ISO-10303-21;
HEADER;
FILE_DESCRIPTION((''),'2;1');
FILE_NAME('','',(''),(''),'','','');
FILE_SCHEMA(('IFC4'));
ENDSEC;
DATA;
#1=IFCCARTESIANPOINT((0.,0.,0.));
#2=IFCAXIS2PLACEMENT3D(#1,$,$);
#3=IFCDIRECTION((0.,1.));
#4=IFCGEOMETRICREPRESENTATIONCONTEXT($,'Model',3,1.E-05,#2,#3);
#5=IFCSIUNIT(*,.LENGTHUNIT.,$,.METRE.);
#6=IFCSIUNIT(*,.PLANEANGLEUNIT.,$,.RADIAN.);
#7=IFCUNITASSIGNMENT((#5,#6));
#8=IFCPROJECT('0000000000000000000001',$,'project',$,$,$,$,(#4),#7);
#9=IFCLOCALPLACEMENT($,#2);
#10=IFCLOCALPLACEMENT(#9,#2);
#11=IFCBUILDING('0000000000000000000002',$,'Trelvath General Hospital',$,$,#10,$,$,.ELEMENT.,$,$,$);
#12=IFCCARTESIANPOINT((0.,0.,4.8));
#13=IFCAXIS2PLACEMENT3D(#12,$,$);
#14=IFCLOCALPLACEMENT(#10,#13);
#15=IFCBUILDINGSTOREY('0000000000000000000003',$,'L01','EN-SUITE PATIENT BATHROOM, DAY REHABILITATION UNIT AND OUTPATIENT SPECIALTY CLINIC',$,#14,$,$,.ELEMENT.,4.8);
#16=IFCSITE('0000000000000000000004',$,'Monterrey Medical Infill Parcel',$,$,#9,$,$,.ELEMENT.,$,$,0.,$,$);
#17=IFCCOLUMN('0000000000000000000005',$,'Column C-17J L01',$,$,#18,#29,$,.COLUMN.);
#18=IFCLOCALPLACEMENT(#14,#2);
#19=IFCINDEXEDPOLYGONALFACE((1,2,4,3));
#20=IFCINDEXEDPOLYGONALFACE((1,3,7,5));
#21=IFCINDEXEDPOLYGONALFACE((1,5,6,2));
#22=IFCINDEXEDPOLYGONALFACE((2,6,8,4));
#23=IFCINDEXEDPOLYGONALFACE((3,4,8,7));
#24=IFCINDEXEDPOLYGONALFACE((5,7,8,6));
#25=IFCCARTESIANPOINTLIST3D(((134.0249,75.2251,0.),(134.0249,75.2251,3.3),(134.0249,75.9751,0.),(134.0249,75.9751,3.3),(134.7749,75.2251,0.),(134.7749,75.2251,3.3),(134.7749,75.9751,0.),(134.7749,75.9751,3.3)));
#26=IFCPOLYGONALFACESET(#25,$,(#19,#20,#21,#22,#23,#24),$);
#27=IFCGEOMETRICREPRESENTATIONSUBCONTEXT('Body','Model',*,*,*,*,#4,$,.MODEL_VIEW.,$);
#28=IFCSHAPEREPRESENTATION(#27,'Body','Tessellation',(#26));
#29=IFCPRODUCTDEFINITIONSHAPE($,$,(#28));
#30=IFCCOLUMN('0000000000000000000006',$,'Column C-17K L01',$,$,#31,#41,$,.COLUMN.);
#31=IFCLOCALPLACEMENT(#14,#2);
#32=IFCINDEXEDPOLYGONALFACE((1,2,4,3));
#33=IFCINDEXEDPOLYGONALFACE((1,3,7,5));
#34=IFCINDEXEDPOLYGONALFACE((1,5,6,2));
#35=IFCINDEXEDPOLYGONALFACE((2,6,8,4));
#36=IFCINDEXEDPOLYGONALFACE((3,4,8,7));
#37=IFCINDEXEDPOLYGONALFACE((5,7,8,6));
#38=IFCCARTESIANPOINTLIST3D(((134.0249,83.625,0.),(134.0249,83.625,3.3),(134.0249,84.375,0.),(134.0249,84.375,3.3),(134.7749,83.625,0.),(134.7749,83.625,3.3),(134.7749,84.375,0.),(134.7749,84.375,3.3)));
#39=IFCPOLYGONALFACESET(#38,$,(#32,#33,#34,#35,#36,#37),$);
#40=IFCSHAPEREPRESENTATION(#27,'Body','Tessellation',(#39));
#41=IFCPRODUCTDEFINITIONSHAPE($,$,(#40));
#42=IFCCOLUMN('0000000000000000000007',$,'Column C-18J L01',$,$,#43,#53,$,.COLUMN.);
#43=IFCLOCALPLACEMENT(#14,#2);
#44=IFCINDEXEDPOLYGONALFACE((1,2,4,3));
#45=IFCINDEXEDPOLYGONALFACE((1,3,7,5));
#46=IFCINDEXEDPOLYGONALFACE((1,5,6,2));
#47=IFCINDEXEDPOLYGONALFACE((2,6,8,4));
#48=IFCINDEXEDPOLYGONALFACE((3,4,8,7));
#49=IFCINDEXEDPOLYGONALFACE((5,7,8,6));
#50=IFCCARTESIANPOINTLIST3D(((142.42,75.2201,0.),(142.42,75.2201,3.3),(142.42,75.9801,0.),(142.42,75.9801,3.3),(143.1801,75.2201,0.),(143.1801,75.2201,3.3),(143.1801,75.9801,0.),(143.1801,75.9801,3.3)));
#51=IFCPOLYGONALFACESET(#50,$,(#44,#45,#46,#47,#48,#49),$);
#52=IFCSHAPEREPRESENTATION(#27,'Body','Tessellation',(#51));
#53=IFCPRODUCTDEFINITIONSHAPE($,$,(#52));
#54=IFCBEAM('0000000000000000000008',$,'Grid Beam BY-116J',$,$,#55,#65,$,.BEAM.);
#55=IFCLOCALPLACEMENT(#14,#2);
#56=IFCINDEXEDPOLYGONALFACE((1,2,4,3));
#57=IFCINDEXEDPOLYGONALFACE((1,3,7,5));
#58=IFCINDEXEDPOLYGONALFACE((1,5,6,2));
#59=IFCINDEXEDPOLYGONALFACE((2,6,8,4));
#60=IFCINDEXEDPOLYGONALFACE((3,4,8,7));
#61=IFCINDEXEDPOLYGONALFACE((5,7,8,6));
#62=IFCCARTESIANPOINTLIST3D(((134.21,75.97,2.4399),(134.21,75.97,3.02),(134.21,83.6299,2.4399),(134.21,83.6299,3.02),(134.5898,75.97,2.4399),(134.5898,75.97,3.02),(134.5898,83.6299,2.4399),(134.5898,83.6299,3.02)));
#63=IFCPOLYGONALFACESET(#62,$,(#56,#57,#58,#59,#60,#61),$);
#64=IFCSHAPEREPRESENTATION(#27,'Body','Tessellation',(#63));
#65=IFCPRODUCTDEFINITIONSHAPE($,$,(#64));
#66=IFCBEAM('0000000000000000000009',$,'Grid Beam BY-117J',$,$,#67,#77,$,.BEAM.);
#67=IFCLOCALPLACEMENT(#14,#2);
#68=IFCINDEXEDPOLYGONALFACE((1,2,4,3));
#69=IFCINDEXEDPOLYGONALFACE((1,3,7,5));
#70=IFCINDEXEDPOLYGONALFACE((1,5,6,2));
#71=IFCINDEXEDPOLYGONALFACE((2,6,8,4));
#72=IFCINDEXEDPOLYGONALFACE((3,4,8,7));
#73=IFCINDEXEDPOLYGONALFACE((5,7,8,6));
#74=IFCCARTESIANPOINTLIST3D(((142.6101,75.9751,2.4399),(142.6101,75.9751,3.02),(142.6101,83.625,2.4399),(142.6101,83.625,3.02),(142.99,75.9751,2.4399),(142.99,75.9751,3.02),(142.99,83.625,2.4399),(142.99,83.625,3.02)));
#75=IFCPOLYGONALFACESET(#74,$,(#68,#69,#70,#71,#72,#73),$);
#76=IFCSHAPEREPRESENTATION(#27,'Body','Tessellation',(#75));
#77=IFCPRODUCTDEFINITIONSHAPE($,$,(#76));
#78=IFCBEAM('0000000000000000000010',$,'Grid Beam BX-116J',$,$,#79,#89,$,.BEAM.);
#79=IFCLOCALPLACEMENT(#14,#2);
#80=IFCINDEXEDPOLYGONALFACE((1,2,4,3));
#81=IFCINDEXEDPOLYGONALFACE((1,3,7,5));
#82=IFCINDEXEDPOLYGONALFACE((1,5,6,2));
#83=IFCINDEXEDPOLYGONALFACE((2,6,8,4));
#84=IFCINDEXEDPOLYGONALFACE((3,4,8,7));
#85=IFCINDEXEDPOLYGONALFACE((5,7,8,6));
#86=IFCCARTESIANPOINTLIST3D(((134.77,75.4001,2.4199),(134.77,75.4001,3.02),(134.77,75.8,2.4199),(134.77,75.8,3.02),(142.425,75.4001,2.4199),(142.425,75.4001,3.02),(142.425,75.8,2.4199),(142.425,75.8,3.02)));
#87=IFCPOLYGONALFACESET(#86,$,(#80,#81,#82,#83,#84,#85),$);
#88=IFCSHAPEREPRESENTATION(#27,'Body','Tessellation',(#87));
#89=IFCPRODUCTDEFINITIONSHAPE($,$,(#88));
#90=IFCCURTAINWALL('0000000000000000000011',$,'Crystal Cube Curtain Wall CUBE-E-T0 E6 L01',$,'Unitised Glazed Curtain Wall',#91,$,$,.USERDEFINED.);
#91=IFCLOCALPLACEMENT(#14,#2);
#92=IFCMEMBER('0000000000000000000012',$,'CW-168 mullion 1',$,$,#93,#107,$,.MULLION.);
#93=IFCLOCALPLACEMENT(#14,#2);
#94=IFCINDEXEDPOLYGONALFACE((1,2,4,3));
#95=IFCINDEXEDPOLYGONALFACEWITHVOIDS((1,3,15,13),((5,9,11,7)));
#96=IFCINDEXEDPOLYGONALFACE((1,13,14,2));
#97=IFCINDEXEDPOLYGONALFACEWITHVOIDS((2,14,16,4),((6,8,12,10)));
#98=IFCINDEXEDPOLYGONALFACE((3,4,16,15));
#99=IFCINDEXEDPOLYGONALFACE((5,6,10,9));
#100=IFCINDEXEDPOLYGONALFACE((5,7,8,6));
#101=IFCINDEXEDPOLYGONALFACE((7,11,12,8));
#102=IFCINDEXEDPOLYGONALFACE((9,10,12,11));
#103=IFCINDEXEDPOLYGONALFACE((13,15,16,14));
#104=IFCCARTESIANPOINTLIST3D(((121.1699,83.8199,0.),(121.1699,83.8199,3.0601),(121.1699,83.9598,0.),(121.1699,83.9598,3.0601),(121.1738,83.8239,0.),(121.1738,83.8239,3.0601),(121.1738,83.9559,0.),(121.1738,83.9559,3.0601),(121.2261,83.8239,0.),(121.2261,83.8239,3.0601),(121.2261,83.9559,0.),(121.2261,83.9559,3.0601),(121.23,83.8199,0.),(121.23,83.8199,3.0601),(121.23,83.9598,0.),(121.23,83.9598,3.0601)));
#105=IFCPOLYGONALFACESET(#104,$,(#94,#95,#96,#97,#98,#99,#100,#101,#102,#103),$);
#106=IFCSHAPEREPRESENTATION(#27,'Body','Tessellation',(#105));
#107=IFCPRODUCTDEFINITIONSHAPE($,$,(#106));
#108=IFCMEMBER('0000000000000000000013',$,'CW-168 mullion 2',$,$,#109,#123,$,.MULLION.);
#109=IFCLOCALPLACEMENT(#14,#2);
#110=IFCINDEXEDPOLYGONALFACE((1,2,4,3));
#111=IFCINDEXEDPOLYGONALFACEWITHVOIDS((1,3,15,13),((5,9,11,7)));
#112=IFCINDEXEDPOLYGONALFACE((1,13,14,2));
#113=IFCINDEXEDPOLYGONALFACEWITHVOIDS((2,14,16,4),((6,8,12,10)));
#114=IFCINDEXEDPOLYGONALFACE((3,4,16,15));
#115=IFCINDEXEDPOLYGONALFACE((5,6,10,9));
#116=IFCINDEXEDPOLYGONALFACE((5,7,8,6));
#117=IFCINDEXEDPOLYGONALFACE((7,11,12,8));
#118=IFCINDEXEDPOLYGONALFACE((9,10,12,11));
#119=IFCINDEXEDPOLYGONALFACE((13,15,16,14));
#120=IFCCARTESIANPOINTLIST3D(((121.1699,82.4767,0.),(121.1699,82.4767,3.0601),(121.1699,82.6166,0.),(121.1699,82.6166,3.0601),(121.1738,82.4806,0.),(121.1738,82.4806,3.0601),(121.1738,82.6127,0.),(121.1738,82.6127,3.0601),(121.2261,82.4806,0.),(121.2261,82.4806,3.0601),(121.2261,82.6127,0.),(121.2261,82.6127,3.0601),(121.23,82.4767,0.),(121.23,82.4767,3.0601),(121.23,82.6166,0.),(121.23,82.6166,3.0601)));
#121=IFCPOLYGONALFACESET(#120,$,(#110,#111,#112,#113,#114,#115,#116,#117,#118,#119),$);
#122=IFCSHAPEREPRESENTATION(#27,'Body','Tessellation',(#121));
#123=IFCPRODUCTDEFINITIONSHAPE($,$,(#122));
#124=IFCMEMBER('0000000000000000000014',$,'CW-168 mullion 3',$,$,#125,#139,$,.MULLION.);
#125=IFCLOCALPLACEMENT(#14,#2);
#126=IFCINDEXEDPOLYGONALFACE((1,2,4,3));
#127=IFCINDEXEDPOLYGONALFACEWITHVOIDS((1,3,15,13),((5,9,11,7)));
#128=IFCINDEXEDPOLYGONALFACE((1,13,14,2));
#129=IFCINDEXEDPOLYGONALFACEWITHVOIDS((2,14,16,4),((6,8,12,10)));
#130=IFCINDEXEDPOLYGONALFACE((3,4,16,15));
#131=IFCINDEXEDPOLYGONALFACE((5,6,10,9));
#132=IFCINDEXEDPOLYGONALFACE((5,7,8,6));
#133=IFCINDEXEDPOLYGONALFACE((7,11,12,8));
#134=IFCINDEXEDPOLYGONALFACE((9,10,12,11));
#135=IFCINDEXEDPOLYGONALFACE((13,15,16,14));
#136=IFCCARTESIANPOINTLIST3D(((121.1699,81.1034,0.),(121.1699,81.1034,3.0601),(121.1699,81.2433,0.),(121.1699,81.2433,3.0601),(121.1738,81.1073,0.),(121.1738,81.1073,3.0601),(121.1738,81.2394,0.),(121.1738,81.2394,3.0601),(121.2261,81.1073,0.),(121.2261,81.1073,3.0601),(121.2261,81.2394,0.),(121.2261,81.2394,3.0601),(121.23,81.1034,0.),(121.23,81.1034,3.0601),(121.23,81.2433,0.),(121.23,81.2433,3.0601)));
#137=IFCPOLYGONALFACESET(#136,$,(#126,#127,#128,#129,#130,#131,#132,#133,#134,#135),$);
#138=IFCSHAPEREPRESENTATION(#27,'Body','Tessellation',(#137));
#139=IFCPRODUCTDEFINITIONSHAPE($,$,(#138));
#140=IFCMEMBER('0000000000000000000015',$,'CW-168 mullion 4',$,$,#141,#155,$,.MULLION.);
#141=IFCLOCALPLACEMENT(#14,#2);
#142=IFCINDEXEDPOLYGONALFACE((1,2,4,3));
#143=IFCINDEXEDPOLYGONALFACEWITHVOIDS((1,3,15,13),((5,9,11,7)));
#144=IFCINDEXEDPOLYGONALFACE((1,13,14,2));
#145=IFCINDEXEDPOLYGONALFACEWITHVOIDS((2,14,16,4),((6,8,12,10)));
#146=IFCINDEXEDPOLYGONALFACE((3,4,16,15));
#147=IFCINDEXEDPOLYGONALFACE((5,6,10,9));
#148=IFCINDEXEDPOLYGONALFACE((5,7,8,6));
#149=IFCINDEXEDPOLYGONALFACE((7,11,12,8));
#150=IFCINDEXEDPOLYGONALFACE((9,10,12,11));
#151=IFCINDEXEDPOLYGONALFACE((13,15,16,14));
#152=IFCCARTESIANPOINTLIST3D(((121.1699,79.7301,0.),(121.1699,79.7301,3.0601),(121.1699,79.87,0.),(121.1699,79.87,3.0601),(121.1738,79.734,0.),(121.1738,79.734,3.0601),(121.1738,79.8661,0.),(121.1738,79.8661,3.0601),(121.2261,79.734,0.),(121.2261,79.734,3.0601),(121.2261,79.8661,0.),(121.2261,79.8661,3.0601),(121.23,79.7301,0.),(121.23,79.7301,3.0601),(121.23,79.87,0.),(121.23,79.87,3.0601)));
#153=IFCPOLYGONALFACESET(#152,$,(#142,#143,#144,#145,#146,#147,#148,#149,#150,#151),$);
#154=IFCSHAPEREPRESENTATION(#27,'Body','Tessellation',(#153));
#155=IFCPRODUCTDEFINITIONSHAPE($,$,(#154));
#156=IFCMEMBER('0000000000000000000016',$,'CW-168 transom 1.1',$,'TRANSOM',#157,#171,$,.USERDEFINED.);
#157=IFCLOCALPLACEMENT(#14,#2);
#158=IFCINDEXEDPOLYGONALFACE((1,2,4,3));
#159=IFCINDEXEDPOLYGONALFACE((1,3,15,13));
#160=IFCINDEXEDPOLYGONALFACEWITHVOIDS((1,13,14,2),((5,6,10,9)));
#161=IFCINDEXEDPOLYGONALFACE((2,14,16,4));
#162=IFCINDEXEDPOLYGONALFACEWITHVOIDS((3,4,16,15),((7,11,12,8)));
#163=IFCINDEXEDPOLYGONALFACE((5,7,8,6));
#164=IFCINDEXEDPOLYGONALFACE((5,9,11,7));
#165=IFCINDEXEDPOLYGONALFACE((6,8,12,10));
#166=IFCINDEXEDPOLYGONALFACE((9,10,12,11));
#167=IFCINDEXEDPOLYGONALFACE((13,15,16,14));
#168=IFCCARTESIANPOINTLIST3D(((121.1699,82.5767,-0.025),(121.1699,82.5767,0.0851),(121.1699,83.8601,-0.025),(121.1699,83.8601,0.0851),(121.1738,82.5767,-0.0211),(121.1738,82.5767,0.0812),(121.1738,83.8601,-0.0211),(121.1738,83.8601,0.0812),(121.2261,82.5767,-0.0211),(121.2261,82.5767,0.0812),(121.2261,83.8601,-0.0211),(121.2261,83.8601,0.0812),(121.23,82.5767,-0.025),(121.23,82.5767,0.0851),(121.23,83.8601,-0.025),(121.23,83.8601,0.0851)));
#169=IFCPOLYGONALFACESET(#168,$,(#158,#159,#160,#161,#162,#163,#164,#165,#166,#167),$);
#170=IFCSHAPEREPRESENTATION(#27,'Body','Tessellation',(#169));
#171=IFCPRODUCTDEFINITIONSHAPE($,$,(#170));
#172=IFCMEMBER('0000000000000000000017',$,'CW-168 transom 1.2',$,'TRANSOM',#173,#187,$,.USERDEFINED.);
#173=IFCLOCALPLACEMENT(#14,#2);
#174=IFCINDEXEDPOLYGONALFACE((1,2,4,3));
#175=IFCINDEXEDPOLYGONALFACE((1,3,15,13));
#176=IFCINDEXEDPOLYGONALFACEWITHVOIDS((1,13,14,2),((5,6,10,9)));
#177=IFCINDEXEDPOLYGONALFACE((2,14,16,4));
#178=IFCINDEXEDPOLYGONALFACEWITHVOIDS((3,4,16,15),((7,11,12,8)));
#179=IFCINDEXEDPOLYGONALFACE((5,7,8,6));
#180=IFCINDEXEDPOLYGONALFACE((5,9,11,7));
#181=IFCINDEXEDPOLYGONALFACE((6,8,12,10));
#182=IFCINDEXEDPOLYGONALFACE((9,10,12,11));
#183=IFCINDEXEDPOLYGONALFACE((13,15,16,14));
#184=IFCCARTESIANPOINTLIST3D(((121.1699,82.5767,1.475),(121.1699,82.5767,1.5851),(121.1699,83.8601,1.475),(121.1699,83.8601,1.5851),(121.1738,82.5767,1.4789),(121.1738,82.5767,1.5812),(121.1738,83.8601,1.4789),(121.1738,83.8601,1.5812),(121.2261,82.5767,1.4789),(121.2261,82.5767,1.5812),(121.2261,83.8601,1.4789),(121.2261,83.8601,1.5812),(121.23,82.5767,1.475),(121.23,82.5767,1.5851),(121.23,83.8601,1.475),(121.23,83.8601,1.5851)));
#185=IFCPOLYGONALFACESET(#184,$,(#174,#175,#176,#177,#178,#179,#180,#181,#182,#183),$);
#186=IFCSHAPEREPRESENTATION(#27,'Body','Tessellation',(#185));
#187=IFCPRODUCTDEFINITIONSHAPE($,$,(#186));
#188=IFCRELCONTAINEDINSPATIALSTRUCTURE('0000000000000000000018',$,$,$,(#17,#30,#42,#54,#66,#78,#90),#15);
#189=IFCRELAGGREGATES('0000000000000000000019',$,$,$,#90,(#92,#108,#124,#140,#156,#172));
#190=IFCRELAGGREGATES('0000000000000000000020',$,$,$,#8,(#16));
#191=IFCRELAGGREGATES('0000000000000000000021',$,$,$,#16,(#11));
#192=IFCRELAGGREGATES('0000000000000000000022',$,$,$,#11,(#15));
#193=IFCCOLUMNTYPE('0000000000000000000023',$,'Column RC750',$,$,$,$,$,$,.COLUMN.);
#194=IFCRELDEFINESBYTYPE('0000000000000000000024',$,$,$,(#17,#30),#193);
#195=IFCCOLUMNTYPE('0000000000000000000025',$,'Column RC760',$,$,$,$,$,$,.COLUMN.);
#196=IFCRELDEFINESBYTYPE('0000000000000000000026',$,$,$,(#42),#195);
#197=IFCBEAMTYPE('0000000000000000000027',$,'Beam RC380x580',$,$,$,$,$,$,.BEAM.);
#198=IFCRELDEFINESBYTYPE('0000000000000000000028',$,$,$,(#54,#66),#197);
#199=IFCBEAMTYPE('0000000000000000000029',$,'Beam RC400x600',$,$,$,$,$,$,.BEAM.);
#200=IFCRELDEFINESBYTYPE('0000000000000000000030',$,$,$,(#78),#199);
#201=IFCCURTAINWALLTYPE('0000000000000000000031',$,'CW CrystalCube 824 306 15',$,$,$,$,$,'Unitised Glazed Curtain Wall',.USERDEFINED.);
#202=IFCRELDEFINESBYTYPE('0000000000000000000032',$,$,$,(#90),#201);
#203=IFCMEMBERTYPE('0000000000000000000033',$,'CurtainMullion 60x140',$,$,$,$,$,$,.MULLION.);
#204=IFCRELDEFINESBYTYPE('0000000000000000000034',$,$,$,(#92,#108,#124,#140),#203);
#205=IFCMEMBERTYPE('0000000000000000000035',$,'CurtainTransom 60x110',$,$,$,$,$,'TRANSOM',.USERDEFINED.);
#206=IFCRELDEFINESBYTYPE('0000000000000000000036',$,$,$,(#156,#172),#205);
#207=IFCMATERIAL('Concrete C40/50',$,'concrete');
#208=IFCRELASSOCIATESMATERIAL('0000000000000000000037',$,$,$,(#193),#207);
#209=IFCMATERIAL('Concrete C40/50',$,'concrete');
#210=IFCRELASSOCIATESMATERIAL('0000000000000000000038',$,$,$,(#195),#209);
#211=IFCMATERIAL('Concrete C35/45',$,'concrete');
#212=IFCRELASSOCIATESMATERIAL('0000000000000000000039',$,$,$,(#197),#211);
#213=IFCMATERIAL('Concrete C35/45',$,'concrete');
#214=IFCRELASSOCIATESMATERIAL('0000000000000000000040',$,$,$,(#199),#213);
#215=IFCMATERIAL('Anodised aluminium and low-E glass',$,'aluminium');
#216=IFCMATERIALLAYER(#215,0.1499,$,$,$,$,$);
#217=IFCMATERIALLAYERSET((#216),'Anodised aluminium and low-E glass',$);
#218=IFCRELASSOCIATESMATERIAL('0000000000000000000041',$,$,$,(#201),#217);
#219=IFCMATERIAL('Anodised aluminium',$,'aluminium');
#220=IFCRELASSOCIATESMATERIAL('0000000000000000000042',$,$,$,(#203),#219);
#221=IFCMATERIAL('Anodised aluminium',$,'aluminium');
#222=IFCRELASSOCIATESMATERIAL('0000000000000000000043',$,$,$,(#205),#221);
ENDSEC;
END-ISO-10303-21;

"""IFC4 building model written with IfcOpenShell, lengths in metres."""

from ifc_helpers import new_model, si_unit, direction, frame, origin, origin_2d, place, context, subcontext, project, spatial, rectangle, hollow_rectangle, extrude, material, layer, layer_set, material_profile, profile_set, type_object, element, aggregate, save


model = new_model("IFC4")

# Units and contexts
model_context = context("Model", 3, precision=1e-05, world=origin(), true_north=direction((0.0, 1.0)))
body_context = subcontext(model_context, "Body", "Model", "MODEL_VIEW")
ifc_project = project(units=[si_unit("LENGTHUNIT", "METRE"), si_unit("PLANEANGLEUNIT", "RADIAN")], contexts=[model_context])

# Site, building, storey
site_placement = place(None, origin())
site = spatial("IfcSite", under=ifc_project, at=site_placement, Name="Monterrey Medical Infill Parcel", CompositionType="ELEMENT", RefElevation=0.0)
building_placement = place(site_placement, origin())
building = spatial("IfcBuilding", under=site, at=building_placement, Name="Trelvath General Hospital", CompositionType="ELEMENT")
storey_placement = place(building_placement, frame((0.0, 0.0, 4.8)))
storey = spatial("IfcBuildingStorey", under=building, at=storey_placement, Name="L01", Description="EN-SUITE PATIENT BATHROOM, DAY REHABILITATION UNIT AND OUTPATIENT SPECIALTY CLINIC", CompositionType="ELEMENT", Elevation=4.8)

# Columns
ifc_material_1 = material(Name="Concrete C40/50", Category="concrete")
ifc_material_profile_1 = material_profile(ifc_material_1, rectangle(XDim=0.75, YDim=0.75, at=origin_2d()), Name="RC750x750")
ifc_profile_set_1 = profile_set([ifc_material_profile_1], Name="Concrete C40/50")
column_type_1 = type_object("IfcColumnType", Name="Column RC750", PredefinedType="COLUMN", material=ifc_profile_set_1)
for number, where, z_axis, x_axis, name in (
    (1, (134.3999, 75.6001, 0.0), (0.0, 0.0, 1.0), (1.0, 0.0, 0.0), "Column C-17J L01"),
    (2, (134.3999, 84.0, 0.0), (0.0, 0.0, 1.0), (1.0, 0.0, 0.0), "Column C-17K L01"),
):
    element("IfcColumn", number, at=place(storey_placement, frame(where, z_axis=z_axis, x_axis=x_axis)), inside=storey, type_object=column_type_1, Name=name, PredefinedType="COLUMN", context=body_context, shape_type="SweptSolid", body=[
        extrude(rectangle(XDim=0.75, YDim=0.75, at=origin_2d()), origin(), (0.0, 0.0, 1.0), 3.3),
    ])
ifc_material_2 = material(Name="Concrete C40/50", Category="concrete")
ifc_material_profile_2 = material_profile(ifc_material_2, rectangle(XDim=0.76, YDim=0.76, at=origin_2d()), Name="RC760x760")
ifc_profile_set_2 = profile_set([ifc_material_profile_2], Name="Concrete C40/50")
column_type_2 = type_object("IfcColumnType", Name="Column RC760", PredefinedType="COLUMN", material=ifc_profile_set_2)
column_placement = place(storey_placement, frame((142.8, 75.6001, 0.0), z_axis=(0.0, 0.0, 1.0), x_axis=(1.0, 0.0, 0.0)))
element("IfcColumn", 3, at=column_placement, inside=storey, type_object=column_type_2, Name="Column C-18J L01", PredefinedType="COLUMN", context=body_context, shape_type="SweptSolid", body=[
    extrude(rectangle(XDim=0.76, YDim=0.76, at=origin_2d()), origin(), (0.0, 0.0, 1.0), 3.3),
])

# Beams
ifc_material_3 = material(Name="Concrete C35/45", Category="concrete")
ifc_material_profile_3 = material_profile(ifc_material_3, rectangle(XDim=0.3799, YDim=0.5801, at=origin_2d()), Name="RCB380x580")
ifc_profile_set_3 = profile_set([ifc_material_profile_3], Name="Concrete C35/45")
beam_type_1 = type_object("IfcBeamType", Name="Beam RC380x580", PredefinedType="BEAM", material=ifc_profile_set_3)
beam_1_placement = place(storey_placement, frame((134.3999, 75.97, 2.73), z_axis=(0.0, 1.0, 0.0), x_axis=(-1.0, 0.0, 0.0)))
element("IfcBeam", 4, at=beam_1_placement, inside=storey, type_object=beam_type_1, Name="Grid Beam BY-116J", PredefinedType="BEAM", context=body_context, shape_type="SweptSolid", body=[
    extrude(rectangle(XDim=0.3799, YDim=0.5801, at=origin_2d()), origin(), (0.0, 0.0, 1.0), 7.6599),
])
beam_2_placement = place(storey_placement, frame((142.8, 75.9751, 2.73), z_axis=(0.0, 1.0, 0.0), x_axis=(-1.0, 0.0, 0.0)))
element("IfcBeam", 5, at=beam_2_placement, inside=storey, type_object=beam_type_1, Name="Grid Beam BY-117J", PredefinedType="BEAM", context=body_context, shape_type="SweptSolid", body=[
    extrude(rectangle(XDim=0.3799, YDim=0.5801, at=origin_2d()), origin(), (0.0, 0.0, 1.0), 7.6499),
])
ifc_material_4 = material(Name="Concrete C35/45", Category="concrete")
ifc_material_profile_4 = material_profile(ifc_material_4, rectangle(XDim=0.3999, YDim=0.6001, at=origin_2d()), Name="RCB400x600")
ifc_profile_set_4 = profile_set([ifc_material_profile_4], Name="Concrete C35/45")
beam_type_2 = type_object("IfcBeamType", Name="Beam RC400x600", PredefinedType="BEAM", material=ifc_profile_set_4)
beam_3_placement = place(storey_placement, frame((134.77, 75.6001, 2.72), z_axis=(1.0, 0.0, 0.0), x_axis=(0.0, 1.0, 0.0)))
element("IfcBeam", 6, at=beam_3_placement, inside=storey, type_object=beam_type_2, Name="Grid Beam BX-116J", PredefinedType="BEAM", context=body_context, shape_type="SweptSolid", body=[
    extrude(rectangle(XDim=0.3999, YDim=0.6001, at=origin_2d()), origin(), (0.0, 0.0, 1.0), 7.655),
])

# Curtain wall, members
ifc_material_5 = material(Name="Anodised aluminium and low-E glass", Category="aluminium")
ifc_layer_1 = layer(ifc_material_5, 0.1499)
ifc_layer_set_1 = layer_set([ifc_layer_1], Name="Anodised aluminium and low-E glass")
curtain_wall_type = type_object("IfcCurtainWallType", Name="CW CrystalCube 824 306 15", ElementType="Unitised Glazed Curtain Wall", PredefinedType="USERDEFINED", material=ifc_layer_set_1)
curtain_wall_placement = place(storey_placement, origin())
curtain_wall = element("IfcCurtainWall", 7, at=curtain_wall_placement, inside=storey, type_object=curtain_wall_type, Name="Crystal Cube Curtain Wall CUBE-E-T0 E6 L01", ObjectType="Unitised Glazed Curtain Wall", PredefinedType="USERDEFINED")
ifc_material_6 = material(Name="Anodised aluminium", Category="aluminium")
ifc_material_profile_5 = material_profile(ifc_material_6, hollow_rectangle(XDim=0.0601, YDim=0.1399, WallThickness=0.0039, at=origin_2d()), Name="RHS60x140x4")
ifc_profile_set_5 = profile_set([ifc_material_profile_5], Name="Anodised aluminium")
member_type_1 = type_object("IfcMemberType", Name="CurtainMullion 60x140", PredefinedType="MULLION", material=ifc_profile_set_5)
member_1_placement = place(storey_placement, frame((121.2, 83.8899, 0.0), z_axis=(0.0, 0.0, 1.0), x_axis=(1.0, 0.0, 0.0)))
member_1 = element("IfcMember", 8, at=member_1_placement, type_object=member_type_1, Name="CW-168 mullion 1", PredefinedType="MULLION", context=body_context, shape_type="SweptSolid", body=[
    extrude(hollow_rectangle(XDim=0.0601, YDim=0.1399, WallThickness=0.0039, at=origin_2d()), origin(), (0.0, 0.0, 1.0), 3.0601),
])
member_2_placement = place(storey_placement, frame((121.2, 82.5466, 0.0), z_axis=(0.0, 0.0, 1.0), x_axis=(1.0, 0.0, 0.0)))
member_2 = element("IfcMember", 9, at=member_2_placement, type_object=member_type_1, Name="CW-168 mullion 2", PredefinedType="MULLION", context=body_context, shape_type="SweptSolid", body=[
    extrude(hollow_rectangle(XDim=0.0601, YDim=0.1399, WallThickness=0.0039, at=origin_2d()), origin(), (0.0, 0.0, 1.0), 3.0601),
])
member_3_placement = place(storey_placement, frame((121.2, 81.1733, 0.0), z_axis=(0.0, 0.0, 1.0), x_axis=(1.0, 0.0, 0.0)))
member_3 = element("IfcMember", 10, at=member_3_placement, type_object=member_type_1, Name="CW-168 mullion 3", PredefinedType="MULLION", context=body_context, shape_type="SweptSolid", body=[
    extrude(hollow_rectangle(XDim=0.0601, YDim=0.1399, WallThickness=0.0039, at=origin_2d()), origin(), (0.0, 0.0, 1.0), 3.0601),
])
member_4_placement = place(storey_placement, frame((121.2, 79.8, 0.0), z_axis=(0.0, 0.0, 1.0), x_axis=(1.0, 0.0, 0.0)))
member_4 = element("IfcMember", 11, at=member_4_placement, type_object=member_type_1, Name="CW-168 mullion 4", PredefinedType="MULLION", context=body_context, shape_type="SweptSolid", body=[
    extrude(hollow_rectangle(XDim=0.0601, YDim=0.1399, WallThickness=0.0039, at=origin_2d()), origin(), (0.0, 0.0, 1.0), 3.0601),
])
ifc_material_7 = material(Name="Anodised aluminium", Category="aluminium")
ifc_material_profile_6 = material_profile(ifc_material_7, hollow_rectangle(XDim=0.0601, YDim=0.1101, WallThickness=0.0039, at=origin_2d()), Name="RHS60x110x4")
ifc_profile_set_6 = profile_set([ifc_material_profile_6], Name="Anodised aluminium")
member_type_2 = type_object("IfcMemberType", Name="CurtainTransom 60x110", ElementType="TRANSOM", PredefinedType="USERDEFINED", material=ifc_profile_set_6)
member_5_placement = place(storey_placement, frame((121.2, 83.8601, 0.03), z_axis=(0.0, -1.0, 0.0), x_axis=(1.0, 0.0, 0.0)))
member_5 = element("IfcMember", 12, at=member_5_placement, type_object=member_type_2, Name="CW-168 transom 1.1", ObjectType="TRANSOM", PredefinedType="USERDEFINED", context=body_context, shape_type="SweptSolid", body=[
    extrude(hollow_rectangle(XDim=0.0601, YDim=0.1101, WallThickness=0.0039, at=origin_2d()), origin(), (0.0, 0.0, 1.0), 1.2834),
])
member_6_placement = place(storey_placement, frame((121.2, 83.8601, 1.53), z_axis=(0.0, -1.0, 0.0), x_axis=(1.0, 0.0, 0.0)))
member_6 = element("IfcMember", 13, at=member_6_placement, type_object=member_type_2, Name="CW-168 transom 1.2", ObjectType="TRANSOM", PredefinedType="USERDEFINED", context=body_context, shape_type="SweptSolid", body=[
    extrude(hollow_rectangle(XDim=0.0601, YDim=0.1101, WallThickness=0.0039, at=origin_2d()), origin(), (0.0, 0.0, 1.0), 1.2834),
])
aggregate(curtain_wall, [member_1, member_2, member_3, member_4, member_5, member_6])

save(model, "model.ifc")
